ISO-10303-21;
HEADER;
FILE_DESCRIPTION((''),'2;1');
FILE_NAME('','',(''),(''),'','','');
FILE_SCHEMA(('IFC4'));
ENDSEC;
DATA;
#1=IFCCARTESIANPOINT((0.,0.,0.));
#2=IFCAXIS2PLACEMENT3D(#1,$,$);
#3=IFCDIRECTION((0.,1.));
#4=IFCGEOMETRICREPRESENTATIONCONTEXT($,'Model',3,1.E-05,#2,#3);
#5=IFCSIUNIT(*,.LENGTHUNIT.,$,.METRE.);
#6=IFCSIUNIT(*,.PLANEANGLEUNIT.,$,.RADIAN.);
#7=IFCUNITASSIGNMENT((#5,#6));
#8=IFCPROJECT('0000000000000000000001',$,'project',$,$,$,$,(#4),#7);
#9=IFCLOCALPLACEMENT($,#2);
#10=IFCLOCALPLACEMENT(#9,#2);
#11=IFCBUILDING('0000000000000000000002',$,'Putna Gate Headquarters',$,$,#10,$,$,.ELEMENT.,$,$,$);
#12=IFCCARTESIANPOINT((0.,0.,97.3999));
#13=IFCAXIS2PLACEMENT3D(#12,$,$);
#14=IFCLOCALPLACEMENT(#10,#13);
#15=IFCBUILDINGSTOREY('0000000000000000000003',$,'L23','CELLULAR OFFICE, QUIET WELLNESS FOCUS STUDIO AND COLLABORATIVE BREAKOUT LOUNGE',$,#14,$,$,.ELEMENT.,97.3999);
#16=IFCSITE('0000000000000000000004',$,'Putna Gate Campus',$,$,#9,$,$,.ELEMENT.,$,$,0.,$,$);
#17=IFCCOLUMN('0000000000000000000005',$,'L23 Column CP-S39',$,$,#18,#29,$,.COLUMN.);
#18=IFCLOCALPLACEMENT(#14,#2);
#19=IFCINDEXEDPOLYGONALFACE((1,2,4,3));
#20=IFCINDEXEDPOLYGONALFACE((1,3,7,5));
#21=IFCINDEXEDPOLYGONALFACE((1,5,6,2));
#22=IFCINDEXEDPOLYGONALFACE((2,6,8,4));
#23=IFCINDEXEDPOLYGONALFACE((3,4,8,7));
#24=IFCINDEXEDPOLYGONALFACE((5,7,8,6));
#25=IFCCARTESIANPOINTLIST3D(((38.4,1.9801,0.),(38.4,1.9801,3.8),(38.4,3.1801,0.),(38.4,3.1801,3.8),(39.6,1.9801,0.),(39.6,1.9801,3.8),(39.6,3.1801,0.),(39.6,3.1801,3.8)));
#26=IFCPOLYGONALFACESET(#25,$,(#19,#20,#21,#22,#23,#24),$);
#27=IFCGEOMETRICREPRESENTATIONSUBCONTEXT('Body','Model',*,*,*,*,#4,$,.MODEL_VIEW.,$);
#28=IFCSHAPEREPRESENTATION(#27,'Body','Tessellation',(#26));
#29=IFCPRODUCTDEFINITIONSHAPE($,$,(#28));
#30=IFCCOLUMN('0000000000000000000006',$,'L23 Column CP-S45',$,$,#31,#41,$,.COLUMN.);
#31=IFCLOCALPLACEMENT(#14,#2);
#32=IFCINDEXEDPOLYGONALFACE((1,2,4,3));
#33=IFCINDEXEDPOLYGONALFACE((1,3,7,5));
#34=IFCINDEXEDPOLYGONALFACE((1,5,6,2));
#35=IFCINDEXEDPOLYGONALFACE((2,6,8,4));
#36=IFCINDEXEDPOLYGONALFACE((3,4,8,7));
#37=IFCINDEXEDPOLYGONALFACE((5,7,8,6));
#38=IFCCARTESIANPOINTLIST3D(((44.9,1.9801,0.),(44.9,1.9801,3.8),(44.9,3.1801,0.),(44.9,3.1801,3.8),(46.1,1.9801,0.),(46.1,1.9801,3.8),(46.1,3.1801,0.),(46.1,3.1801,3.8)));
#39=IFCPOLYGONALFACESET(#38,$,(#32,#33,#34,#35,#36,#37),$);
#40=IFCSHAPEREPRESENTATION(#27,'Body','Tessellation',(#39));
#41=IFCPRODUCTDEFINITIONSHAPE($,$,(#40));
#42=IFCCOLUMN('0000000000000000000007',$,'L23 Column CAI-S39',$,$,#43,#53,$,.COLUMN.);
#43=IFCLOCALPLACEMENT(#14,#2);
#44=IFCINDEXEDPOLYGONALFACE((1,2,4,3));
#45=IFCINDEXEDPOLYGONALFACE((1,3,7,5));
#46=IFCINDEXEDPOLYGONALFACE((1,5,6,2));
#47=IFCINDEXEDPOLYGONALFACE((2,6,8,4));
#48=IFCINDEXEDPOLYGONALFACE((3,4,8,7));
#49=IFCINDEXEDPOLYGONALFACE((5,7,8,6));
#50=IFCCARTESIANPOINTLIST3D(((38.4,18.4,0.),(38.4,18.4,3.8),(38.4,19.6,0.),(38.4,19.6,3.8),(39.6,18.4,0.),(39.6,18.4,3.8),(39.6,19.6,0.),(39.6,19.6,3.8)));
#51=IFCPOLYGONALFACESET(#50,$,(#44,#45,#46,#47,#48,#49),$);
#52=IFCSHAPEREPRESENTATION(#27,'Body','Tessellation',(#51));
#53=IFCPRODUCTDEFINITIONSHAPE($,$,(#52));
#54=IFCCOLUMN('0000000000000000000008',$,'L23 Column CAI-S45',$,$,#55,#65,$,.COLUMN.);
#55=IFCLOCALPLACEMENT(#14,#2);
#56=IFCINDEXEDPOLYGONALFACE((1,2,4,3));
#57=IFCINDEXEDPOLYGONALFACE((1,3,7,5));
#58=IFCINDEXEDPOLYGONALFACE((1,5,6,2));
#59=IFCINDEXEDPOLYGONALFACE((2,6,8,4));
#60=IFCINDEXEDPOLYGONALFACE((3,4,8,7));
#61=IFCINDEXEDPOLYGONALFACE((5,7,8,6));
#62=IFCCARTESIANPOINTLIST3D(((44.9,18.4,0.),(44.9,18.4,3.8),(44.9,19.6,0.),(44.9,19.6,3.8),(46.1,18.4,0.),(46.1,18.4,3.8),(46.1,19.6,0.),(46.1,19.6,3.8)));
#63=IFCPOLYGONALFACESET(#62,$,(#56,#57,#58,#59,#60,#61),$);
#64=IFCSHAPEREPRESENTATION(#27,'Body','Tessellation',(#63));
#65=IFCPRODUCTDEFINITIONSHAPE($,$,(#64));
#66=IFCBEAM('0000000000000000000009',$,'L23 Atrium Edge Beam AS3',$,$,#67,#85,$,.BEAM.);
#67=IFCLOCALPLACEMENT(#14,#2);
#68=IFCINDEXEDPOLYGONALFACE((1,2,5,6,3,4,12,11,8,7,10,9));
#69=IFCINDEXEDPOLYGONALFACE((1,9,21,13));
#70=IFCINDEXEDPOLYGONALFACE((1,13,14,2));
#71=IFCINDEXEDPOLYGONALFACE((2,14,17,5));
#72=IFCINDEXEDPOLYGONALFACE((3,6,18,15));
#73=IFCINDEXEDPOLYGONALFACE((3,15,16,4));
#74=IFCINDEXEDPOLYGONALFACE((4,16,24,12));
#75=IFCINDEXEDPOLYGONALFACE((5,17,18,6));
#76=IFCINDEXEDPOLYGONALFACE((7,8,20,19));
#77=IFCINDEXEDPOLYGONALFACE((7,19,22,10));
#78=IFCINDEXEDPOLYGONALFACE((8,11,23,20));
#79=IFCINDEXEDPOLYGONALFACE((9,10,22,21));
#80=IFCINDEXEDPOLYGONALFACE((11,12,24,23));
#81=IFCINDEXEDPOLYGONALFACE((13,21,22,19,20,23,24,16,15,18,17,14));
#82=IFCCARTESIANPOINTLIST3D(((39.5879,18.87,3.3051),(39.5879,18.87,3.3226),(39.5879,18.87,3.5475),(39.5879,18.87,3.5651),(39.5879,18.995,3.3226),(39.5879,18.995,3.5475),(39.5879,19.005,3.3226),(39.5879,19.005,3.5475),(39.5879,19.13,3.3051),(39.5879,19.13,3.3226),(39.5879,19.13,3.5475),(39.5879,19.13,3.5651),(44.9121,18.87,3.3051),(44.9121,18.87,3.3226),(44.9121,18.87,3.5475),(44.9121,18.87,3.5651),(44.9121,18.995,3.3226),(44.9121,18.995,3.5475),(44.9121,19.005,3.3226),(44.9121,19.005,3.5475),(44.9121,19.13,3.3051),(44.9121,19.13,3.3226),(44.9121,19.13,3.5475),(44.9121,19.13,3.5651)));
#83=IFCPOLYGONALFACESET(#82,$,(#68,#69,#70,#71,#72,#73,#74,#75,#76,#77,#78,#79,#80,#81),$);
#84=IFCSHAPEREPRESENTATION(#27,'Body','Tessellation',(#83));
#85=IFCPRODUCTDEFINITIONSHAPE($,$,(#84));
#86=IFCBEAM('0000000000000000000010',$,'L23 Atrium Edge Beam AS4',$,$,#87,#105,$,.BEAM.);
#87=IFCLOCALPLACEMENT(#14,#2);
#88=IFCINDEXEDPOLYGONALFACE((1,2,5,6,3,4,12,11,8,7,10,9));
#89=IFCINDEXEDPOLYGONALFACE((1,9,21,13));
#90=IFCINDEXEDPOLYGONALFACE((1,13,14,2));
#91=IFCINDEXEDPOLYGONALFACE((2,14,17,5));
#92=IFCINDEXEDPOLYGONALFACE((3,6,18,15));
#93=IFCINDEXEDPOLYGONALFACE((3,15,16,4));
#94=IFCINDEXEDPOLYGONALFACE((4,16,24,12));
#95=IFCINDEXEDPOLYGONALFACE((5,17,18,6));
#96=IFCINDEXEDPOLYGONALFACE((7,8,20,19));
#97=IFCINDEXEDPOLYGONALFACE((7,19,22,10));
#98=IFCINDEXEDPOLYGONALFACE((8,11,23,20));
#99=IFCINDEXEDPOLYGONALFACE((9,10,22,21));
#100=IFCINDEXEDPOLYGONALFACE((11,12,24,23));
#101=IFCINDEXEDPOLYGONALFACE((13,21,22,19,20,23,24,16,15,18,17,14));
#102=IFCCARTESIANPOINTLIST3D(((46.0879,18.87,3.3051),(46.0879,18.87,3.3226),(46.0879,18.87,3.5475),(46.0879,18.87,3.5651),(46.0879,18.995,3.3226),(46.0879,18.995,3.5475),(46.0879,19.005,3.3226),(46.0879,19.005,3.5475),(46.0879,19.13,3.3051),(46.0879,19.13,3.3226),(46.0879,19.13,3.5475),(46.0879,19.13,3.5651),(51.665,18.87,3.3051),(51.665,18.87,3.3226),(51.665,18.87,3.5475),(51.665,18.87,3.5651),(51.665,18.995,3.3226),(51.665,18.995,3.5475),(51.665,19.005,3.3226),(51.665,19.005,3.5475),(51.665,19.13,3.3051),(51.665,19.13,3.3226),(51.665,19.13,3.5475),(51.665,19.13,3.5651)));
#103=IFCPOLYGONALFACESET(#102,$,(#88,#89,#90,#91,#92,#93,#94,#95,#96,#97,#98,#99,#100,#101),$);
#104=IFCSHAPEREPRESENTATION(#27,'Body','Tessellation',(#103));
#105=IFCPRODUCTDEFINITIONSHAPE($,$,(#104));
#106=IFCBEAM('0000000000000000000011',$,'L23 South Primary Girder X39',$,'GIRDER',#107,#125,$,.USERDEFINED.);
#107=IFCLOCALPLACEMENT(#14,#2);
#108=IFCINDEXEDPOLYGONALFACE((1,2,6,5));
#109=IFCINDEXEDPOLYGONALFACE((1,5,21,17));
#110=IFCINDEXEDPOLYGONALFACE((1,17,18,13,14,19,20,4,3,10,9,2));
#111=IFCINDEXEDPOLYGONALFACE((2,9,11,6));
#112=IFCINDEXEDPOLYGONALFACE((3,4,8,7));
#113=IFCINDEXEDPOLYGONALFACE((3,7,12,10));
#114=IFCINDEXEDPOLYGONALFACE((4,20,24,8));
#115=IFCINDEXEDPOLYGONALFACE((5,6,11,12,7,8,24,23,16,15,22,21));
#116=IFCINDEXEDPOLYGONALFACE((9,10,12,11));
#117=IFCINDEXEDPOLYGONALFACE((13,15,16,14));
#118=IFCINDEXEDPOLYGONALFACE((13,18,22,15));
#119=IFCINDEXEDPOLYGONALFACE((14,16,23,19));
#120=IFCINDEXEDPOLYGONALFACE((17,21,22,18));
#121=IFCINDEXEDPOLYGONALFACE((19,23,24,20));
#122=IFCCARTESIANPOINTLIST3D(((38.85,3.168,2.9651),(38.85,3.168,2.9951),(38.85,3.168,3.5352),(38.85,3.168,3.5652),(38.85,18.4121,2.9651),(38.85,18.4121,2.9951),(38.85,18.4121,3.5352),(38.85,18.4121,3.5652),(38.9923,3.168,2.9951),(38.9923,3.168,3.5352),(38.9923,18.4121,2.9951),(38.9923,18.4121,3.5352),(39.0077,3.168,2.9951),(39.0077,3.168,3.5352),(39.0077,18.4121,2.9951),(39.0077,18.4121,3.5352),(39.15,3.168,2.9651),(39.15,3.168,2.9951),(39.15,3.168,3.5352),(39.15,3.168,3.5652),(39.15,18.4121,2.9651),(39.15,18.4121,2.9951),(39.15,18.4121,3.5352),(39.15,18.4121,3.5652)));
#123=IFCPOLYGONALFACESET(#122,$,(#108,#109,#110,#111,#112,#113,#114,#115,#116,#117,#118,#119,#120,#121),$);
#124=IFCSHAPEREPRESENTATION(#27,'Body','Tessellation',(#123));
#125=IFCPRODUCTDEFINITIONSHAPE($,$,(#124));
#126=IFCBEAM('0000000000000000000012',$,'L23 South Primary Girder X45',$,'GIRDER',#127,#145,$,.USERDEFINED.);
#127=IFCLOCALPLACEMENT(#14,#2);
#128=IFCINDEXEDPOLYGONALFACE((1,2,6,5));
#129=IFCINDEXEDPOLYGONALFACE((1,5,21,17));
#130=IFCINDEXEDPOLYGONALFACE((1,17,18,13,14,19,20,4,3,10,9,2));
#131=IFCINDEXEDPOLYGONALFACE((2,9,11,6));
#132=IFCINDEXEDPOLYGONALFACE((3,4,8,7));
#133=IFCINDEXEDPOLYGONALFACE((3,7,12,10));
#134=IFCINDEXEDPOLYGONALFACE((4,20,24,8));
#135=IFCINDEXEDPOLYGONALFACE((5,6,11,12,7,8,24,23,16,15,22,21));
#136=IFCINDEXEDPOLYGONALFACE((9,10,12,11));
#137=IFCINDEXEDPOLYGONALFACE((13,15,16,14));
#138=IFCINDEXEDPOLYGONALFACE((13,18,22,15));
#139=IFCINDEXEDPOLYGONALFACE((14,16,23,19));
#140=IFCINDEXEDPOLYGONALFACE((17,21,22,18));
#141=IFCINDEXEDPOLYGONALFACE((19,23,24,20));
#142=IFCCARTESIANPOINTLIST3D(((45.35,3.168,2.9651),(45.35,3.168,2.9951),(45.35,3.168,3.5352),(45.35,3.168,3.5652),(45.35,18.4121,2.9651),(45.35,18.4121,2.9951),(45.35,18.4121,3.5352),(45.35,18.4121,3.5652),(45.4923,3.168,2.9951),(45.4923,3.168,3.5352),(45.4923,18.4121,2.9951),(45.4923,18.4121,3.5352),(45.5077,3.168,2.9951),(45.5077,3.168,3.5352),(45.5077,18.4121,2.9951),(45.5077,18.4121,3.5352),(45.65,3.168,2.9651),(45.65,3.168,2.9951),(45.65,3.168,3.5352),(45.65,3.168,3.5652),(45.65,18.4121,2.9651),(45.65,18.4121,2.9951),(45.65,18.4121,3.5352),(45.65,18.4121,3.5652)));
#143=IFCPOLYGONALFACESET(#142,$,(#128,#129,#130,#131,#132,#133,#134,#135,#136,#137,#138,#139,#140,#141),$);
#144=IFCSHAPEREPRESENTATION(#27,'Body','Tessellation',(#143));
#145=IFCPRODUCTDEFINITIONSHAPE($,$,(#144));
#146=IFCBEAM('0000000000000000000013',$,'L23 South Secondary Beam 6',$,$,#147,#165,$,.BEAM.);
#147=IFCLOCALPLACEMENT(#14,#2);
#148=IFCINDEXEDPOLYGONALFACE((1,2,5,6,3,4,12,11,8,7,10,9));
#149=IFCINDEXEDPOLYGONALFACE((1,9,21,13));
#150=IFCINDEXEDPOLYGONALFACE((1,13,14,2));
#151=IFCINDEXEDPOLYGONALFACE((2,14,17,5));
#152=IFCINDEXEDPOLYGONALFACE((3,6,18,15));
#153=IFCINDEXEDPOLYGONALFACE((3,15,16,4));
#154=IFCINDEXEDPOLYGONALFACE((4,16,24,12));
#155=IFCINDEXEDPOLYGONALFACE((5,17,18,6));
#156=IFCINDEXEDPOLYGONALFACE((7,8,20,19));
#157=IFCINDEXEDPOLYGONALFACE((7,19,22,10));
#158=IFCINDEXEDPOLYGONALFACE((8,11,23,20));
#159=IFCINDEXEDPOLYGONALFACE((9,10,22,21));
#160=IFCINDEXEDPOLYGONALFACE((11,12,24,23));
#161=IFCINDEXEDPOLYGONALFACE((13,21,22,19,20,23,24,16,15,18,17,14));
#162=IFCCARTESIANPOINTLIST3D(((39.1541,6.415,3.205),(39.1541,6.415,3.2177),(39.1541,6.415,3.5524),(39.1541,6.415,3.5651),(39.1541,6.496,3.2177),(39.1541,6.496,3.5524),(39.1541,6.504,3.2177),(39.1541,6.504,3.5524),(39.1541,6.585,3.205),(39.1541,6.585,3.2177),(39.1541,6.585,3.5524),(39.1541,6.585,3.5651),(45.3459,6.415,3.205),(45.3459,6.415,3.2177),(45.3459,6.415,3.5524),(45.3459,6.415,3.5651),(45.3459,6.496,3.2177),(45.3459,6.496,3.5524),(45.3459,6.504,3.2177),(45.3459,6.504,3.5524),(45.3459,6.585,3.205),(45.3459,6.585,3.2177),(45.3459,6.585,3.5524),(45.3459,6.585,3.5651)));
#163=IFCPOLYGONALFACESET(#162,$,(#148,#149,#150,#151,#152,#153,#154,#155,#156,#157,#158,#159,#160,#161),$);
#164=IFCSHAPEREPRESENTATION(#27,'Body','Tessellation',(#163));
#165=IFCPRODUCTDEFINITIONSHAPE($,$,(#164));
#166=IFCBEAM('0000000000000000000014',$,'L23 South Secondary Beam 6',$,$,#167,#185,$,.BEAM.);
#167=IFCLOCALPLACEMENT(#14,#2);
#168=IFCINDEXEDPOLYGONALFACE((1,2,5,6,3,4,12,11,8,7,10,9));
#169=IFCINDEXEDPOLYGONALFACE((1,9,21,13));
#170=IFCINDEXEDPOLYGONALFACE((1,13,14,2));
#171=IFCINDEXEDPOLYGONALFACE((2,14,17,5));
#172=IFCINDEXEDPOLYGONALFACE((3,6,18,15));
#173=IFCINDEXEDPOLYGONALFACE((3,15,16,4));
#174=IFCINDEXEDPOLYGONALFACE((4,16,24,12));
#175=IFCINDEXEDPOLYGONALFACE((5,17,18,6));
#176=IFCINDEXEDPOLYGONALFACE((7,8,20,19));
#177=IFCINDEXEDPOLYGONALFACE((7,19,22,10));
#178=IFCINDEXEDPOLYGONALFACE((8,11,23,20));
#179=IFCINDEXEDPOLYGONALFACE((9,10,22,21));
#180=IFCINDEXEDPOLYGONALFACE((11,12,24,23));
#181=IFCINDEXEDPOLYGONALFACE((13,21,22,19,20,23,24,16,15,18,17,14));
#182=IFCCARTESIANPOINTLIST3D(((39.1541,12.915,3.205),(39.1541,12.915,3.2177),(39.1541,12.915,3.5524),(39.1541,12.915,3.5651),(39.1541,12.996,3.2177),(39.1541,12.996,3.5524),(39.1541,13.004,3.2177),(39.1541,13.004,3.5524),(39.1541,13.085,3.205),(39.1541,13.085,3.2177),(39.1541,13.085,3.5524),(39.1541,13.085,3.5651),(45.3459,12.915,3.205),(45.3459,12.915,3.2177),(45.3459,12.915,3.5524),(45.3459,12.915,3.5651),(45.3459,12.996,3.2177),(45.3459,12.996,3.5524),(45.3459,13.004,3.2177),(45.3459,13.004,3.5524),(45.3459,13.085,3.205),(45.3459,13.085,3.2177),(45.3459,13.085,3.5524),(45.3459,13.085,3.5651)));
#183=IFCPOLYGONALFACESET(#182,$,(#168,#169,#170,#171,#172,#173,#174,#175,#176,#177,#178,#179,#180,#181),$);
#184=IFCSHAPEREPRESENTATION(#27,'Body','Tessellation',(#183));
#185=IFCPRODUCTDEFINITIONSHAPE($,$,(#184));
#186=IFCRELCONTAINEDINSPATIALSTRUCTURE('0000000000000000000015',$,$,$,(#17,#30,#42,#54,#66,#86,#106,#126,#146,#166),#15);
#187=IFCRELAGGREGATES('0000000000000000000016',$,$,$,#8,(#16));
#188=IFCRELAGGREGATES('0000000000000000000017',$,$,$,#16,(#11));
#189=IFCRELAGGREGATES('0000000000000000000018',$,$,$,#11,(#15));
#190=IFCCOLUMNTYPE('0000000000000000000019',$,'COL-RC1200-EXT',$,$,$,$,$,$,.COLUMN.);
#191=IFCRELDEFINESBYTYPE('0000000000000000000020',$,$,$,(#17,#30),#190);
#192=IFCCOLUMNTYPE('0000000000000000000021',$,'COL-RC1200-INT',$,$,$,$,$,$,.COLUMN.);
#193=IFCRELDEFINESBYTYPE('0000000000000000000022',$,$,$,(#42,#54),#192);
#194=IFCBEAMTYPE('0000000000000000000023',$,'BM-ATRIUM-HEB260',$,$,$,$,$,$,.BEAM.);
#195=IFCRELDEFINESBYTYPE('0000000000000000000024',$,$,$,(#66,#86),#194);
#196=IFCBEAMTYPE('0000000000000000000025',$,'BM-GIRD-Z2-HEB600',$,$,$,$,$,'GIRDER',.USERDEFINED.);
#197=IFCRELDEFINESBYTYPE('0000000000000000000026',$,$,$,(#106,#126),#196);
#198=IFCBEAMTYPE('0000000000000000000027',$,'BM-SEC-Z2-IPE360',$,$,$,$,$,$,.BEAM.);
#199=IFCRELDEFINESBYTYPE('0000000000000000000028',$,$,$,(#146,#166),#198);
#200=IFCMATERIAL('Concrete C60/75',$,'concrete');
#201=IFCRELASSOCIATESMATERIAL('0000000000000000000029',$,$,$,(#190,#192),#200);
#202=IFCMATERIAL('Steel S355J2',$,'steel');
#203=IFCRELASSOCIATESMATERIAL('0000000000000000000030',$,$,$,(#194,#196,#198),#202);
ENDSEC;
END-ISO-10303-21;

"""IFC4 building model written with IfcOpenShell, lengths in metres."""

from ifc_helpers import new_model, si_unit, direction, frame, origin, origin_2d, place, context, subcontext, project, spatial, rectangle, i_section, extrude, material, material_profile, profile_set, type_object, element, save


model = new_model("IFC4")

# Units and contexts
model_context = context("Model", 3, precision=1e-05, world=origin(), true_north=direction((0.0, 1.0)))
body_context = subcontext(model_context, "Body", "Model", "MODEL_VIEW")
ifc_project = project(units=[si_unit("LENGTHUNIT", "METRE"), si_unit("PLANEANGLEUNIT", "RADIAN")], contexts=[model_context])

# Site, building, storey
site_placement = place(None, origin())
site = spatial("IfcSite", under=ifc_project, at=site_placement, Name="Putna Gate Campus", CompositionType="ELEMENT", RefElevation=0.0)
building_placement = place(site_placement, origin())
building = spatial("IfcBuilding", under=site, at=building_placement, Name="Putna Gate Headquarters", CompositionType="ELEMENT")
storey_placement = place(building_placement, frame((0.0, 0.0, 97.3999)))
storey = spatial("IfcBuildingStorey", under=building, at=storey_placement, Name="L23", Description="CELLULAR OFFICE, QUIET WELLNESS FOCUS STUDIO AND COLLABORATIVE BREAKOUT LOUNGE", CompositionType="ELEMENT", Elevation=97.3999)

# Columns
ifc_material_1 = material(Name="Concrete C60/75", Category="concrete")
ifc_material_profile_1 = material_profile(ifc_material_1, rectangle(XDim=1.2, YDim=1.2, at=origin_2d()), Name="Concrete C60/75")
ifc_profile_set_1 = profile_set([ifc_material_profile_1], Name="Concrete C60/75")
column_type_1 = type_object("IfcColumnType", Name="COL-RC1200-EXT", PredefinedType="COLUMN", material=ifc_profile_set_1)
for number, where, z_axis, x_axis, name in (
    (1, (39.0, 2.5801, 0.0), (0.0, 0.0, 1.0), (1.0, 0.0, 0.0), "L23 Column CP-S39"),
    (2, (45.5, 2.5801, 0.0), (0.0, 0.0, 1.0), (1.0, 0.0, 0.0), "L23 Column CP-S45"),
):
    element("IfcColumn", number, at=place(storey_placement, frame(where, z_axis=z_axis, x_axis=x_axis)), inside=storey, type_object=column_type_1, Name=name, PredefinedType="COLUMN", context=body_context, shape_type="SweptSolid", body=[
        extrude(rectangle(XDim=1.2, YDim=1.2, at=origin_2d()), origin(), (0.0, 0.0, 1.0), 3.8),
    ])
ifc_material_profile_2 = material_profile(ifc_material_1, rectangle(XDim=1.2, YDim=1.2, at=origin_2d()), Name="Concrete C60/75")
ifc_profile_set_2 = profile_set([ifc_material_profile_2], Name="Concrete C60/75")
column_type_2 = type_object("IfcColumnType", Name="COL-RC1200-INT", PredefinedType="COLUMN", material=ifc_profile_set_2)
for number, where, z_axis, x_axis, name in (
    (3, (39.0, 19.0, 0.0), (0.0, 0.0, 1.0), (1.0, 0.0, 0.0), "L23 Column CAI-S39"),
    (4, (45.5, 19.0, 0.0), (0.0, 0.0, 1.0), (1.0, 0.0, 0.0), "L23 Column CAI-S45"),
):
    element("IfcColumn", number, at=place(storey_placement, frame(where, z_axis=z_axis, x_axis=x_axis)), inside=storey, type_object=column_type_2, Name=name, PredefinedType="COLUMN", context=body_context, shape_type="SweptSolid", body=[
        extrude(rectangle(XDim=1.2, YDim=1.2, at=origin_2d()), origin(), (0.0, 0.0, 1.0), 3.8),
    ])

# Beams
ifc_material_2 = material(Name="Steel S355J2", Category="steel")
ifc_material_profile_3 = material_profile(ifc_material_2, i_section(OverallWidth=0.26, OverallDepth=0.26, WebThickness=0.01, FlangeThickness=0.0176, at=origin_2d()), Name="Steel S355J2")
ifc_profile_set_3 = profile_set([ifc_material_profile_3], Name="Steel S355J2")
beam_type_1 = type_object("IfcBeamType", Name="BM-ATRIUM-HEB260", PredefinedType="BEAM", material=ifc_profile_set_3)
beam_1_placement = place(storey_placement, frame((39.5879, 19.0, 3.4351), z_axis=(1.0, 0.0, 0.0), x_axis=(0.0, 1.0, 0.0)))
element("IfcBeam", 5, at=beam_1_placement, inside=storey, type_object=beam_type_1, Name="L23 Atrium Edge Beam AS3", PredefinedType="BEAM", context=body_context, shape_type="SweptSolid", body=[
    extrude(i_section(OverallWidth=0.26, OverallDepth=0.26, WebThickness=0.01, FlangeThickness=0.0176, at=origin_2d()), origin(), (0.0, 0.0, 1.0), 5.3242),
])
beam_2_placement = place(storey_placement, frame((46.0879, 19.0, 3.4351), z_axis=(1.0, 0.0, 0.0), x_axis=(0.0, 1.0, 0.0)))
element("IfcBeam", 6, at=beam_2_placement, inside=storey, type_object=beam_type_1, Name="L23 Atrium Edge Beam AS4", PredefinedType="BEAM", context=body_context, shape_type="SweptSolid", body=[
    extrude(i_section(OverallWidth=0.26, OverallDepth=0.26, WebThickness=0.01, FlangeThickness=0.0176, at=origin_2d()), origin(), (0.0, 0.0, 1.0), 5.5771),
])
ifc_material_profile_4 = material_profile(ifc_material_2, i_section(OverallWidth=0.3, OverallDepth=0.6001, WebThickness=0.0154, FlangeThickness=0.03, at=origin_2d()), Name="Steel S355J2")
ifc_profile_set_4 = profile_set([ifc_material_profile_4], Name="Steel S355J2")
beam_type_2 = type_object("IfcBeamType", Name="BM-GIRD-Z2-HEB600", ElementType="GIRDER", PredefinedType="USERDEFINED", material=ifc_profile_set_4)
for number, where, z_axis, x_axis, name in (
    (7, (39.0, 3.168, 3.2651), (0.0, 1.0, 0.0), (-1.0, 0.0, 0.0), "L23 South Primary Girder X39"),
    (8, (45.5, 3.168, 3.2651), (0.0, 1.0, 0.0), (-1.0, 0.0, 0.0), "L23 South Primary Girder X45"),
):
    element("IfcBeam", number, at=place(storey_placement, frame(where, z_axis=z_axis, x_axis=x_axis)), inside=storey, type_object=beam_type_2, Name=name, ObjectType="GIRDER", PredefinedType="USERDEFINED", context=body_context, shape_type="SweptSolid", body=[
        extrude(i_section(OverallWidth=0.3, OverallDepth=0.6001, WebThickness=0.0154, FlangeThickness=0.03, at=origin_2d()), origin(), (0.0, 0.0, 1.0), 15.2441),
    ])
ifc_material_profile_5 = material_profile(ifc_material_2, i_section(OverallWidth=0.1699, OverallDepth=0.3601, WebThickness=0.0081, FlangeThickness=0.0127, at=origin_2d()), Name="Steel S355J2")
ifc_profile_set_5 = profile_set([ifc_material_profile_5], Name="Steel S355J2")
beam_type_3 = type_object("IfcBeamType", Name="BM-SEC-Z2-IPE360", PredefinedType="BEAM", material=ifc_profile_set_5)
for number, where, z_axis, x_axis, name in (
    (9, (39.1541, 6.5, 3.385), (1.0, 0.0, 0.0), (0.0, 1.0, 0.0), "L23 South Secondary Beam 6"),
    (10, (39.1541, 13.0, 3.385), (1.0, 0.0, 0.0), (0.0, 1.0, 0.0), "L23 South Secondary Beam 6"),
):
    element("IfcBeam", number, at=place(storey_placement, frame(where, z_axis=z_axis, x_axis=x_axis)), inside=storey, type_object=beam_type_3, Name=name, PredefinedType="BEAM", context=body_context, shape_type="SweptSolid", body=[
        extrude(i_section(OverallWidth=0.1699, OverallDepth=0.3601, WebThickness=0.0081, FlangeThickness=0.0127, at=origin_2d()), origin(), (0.0, 0.0, 1.0), 6.1919),
    ])

save(model, "model.ifc")
